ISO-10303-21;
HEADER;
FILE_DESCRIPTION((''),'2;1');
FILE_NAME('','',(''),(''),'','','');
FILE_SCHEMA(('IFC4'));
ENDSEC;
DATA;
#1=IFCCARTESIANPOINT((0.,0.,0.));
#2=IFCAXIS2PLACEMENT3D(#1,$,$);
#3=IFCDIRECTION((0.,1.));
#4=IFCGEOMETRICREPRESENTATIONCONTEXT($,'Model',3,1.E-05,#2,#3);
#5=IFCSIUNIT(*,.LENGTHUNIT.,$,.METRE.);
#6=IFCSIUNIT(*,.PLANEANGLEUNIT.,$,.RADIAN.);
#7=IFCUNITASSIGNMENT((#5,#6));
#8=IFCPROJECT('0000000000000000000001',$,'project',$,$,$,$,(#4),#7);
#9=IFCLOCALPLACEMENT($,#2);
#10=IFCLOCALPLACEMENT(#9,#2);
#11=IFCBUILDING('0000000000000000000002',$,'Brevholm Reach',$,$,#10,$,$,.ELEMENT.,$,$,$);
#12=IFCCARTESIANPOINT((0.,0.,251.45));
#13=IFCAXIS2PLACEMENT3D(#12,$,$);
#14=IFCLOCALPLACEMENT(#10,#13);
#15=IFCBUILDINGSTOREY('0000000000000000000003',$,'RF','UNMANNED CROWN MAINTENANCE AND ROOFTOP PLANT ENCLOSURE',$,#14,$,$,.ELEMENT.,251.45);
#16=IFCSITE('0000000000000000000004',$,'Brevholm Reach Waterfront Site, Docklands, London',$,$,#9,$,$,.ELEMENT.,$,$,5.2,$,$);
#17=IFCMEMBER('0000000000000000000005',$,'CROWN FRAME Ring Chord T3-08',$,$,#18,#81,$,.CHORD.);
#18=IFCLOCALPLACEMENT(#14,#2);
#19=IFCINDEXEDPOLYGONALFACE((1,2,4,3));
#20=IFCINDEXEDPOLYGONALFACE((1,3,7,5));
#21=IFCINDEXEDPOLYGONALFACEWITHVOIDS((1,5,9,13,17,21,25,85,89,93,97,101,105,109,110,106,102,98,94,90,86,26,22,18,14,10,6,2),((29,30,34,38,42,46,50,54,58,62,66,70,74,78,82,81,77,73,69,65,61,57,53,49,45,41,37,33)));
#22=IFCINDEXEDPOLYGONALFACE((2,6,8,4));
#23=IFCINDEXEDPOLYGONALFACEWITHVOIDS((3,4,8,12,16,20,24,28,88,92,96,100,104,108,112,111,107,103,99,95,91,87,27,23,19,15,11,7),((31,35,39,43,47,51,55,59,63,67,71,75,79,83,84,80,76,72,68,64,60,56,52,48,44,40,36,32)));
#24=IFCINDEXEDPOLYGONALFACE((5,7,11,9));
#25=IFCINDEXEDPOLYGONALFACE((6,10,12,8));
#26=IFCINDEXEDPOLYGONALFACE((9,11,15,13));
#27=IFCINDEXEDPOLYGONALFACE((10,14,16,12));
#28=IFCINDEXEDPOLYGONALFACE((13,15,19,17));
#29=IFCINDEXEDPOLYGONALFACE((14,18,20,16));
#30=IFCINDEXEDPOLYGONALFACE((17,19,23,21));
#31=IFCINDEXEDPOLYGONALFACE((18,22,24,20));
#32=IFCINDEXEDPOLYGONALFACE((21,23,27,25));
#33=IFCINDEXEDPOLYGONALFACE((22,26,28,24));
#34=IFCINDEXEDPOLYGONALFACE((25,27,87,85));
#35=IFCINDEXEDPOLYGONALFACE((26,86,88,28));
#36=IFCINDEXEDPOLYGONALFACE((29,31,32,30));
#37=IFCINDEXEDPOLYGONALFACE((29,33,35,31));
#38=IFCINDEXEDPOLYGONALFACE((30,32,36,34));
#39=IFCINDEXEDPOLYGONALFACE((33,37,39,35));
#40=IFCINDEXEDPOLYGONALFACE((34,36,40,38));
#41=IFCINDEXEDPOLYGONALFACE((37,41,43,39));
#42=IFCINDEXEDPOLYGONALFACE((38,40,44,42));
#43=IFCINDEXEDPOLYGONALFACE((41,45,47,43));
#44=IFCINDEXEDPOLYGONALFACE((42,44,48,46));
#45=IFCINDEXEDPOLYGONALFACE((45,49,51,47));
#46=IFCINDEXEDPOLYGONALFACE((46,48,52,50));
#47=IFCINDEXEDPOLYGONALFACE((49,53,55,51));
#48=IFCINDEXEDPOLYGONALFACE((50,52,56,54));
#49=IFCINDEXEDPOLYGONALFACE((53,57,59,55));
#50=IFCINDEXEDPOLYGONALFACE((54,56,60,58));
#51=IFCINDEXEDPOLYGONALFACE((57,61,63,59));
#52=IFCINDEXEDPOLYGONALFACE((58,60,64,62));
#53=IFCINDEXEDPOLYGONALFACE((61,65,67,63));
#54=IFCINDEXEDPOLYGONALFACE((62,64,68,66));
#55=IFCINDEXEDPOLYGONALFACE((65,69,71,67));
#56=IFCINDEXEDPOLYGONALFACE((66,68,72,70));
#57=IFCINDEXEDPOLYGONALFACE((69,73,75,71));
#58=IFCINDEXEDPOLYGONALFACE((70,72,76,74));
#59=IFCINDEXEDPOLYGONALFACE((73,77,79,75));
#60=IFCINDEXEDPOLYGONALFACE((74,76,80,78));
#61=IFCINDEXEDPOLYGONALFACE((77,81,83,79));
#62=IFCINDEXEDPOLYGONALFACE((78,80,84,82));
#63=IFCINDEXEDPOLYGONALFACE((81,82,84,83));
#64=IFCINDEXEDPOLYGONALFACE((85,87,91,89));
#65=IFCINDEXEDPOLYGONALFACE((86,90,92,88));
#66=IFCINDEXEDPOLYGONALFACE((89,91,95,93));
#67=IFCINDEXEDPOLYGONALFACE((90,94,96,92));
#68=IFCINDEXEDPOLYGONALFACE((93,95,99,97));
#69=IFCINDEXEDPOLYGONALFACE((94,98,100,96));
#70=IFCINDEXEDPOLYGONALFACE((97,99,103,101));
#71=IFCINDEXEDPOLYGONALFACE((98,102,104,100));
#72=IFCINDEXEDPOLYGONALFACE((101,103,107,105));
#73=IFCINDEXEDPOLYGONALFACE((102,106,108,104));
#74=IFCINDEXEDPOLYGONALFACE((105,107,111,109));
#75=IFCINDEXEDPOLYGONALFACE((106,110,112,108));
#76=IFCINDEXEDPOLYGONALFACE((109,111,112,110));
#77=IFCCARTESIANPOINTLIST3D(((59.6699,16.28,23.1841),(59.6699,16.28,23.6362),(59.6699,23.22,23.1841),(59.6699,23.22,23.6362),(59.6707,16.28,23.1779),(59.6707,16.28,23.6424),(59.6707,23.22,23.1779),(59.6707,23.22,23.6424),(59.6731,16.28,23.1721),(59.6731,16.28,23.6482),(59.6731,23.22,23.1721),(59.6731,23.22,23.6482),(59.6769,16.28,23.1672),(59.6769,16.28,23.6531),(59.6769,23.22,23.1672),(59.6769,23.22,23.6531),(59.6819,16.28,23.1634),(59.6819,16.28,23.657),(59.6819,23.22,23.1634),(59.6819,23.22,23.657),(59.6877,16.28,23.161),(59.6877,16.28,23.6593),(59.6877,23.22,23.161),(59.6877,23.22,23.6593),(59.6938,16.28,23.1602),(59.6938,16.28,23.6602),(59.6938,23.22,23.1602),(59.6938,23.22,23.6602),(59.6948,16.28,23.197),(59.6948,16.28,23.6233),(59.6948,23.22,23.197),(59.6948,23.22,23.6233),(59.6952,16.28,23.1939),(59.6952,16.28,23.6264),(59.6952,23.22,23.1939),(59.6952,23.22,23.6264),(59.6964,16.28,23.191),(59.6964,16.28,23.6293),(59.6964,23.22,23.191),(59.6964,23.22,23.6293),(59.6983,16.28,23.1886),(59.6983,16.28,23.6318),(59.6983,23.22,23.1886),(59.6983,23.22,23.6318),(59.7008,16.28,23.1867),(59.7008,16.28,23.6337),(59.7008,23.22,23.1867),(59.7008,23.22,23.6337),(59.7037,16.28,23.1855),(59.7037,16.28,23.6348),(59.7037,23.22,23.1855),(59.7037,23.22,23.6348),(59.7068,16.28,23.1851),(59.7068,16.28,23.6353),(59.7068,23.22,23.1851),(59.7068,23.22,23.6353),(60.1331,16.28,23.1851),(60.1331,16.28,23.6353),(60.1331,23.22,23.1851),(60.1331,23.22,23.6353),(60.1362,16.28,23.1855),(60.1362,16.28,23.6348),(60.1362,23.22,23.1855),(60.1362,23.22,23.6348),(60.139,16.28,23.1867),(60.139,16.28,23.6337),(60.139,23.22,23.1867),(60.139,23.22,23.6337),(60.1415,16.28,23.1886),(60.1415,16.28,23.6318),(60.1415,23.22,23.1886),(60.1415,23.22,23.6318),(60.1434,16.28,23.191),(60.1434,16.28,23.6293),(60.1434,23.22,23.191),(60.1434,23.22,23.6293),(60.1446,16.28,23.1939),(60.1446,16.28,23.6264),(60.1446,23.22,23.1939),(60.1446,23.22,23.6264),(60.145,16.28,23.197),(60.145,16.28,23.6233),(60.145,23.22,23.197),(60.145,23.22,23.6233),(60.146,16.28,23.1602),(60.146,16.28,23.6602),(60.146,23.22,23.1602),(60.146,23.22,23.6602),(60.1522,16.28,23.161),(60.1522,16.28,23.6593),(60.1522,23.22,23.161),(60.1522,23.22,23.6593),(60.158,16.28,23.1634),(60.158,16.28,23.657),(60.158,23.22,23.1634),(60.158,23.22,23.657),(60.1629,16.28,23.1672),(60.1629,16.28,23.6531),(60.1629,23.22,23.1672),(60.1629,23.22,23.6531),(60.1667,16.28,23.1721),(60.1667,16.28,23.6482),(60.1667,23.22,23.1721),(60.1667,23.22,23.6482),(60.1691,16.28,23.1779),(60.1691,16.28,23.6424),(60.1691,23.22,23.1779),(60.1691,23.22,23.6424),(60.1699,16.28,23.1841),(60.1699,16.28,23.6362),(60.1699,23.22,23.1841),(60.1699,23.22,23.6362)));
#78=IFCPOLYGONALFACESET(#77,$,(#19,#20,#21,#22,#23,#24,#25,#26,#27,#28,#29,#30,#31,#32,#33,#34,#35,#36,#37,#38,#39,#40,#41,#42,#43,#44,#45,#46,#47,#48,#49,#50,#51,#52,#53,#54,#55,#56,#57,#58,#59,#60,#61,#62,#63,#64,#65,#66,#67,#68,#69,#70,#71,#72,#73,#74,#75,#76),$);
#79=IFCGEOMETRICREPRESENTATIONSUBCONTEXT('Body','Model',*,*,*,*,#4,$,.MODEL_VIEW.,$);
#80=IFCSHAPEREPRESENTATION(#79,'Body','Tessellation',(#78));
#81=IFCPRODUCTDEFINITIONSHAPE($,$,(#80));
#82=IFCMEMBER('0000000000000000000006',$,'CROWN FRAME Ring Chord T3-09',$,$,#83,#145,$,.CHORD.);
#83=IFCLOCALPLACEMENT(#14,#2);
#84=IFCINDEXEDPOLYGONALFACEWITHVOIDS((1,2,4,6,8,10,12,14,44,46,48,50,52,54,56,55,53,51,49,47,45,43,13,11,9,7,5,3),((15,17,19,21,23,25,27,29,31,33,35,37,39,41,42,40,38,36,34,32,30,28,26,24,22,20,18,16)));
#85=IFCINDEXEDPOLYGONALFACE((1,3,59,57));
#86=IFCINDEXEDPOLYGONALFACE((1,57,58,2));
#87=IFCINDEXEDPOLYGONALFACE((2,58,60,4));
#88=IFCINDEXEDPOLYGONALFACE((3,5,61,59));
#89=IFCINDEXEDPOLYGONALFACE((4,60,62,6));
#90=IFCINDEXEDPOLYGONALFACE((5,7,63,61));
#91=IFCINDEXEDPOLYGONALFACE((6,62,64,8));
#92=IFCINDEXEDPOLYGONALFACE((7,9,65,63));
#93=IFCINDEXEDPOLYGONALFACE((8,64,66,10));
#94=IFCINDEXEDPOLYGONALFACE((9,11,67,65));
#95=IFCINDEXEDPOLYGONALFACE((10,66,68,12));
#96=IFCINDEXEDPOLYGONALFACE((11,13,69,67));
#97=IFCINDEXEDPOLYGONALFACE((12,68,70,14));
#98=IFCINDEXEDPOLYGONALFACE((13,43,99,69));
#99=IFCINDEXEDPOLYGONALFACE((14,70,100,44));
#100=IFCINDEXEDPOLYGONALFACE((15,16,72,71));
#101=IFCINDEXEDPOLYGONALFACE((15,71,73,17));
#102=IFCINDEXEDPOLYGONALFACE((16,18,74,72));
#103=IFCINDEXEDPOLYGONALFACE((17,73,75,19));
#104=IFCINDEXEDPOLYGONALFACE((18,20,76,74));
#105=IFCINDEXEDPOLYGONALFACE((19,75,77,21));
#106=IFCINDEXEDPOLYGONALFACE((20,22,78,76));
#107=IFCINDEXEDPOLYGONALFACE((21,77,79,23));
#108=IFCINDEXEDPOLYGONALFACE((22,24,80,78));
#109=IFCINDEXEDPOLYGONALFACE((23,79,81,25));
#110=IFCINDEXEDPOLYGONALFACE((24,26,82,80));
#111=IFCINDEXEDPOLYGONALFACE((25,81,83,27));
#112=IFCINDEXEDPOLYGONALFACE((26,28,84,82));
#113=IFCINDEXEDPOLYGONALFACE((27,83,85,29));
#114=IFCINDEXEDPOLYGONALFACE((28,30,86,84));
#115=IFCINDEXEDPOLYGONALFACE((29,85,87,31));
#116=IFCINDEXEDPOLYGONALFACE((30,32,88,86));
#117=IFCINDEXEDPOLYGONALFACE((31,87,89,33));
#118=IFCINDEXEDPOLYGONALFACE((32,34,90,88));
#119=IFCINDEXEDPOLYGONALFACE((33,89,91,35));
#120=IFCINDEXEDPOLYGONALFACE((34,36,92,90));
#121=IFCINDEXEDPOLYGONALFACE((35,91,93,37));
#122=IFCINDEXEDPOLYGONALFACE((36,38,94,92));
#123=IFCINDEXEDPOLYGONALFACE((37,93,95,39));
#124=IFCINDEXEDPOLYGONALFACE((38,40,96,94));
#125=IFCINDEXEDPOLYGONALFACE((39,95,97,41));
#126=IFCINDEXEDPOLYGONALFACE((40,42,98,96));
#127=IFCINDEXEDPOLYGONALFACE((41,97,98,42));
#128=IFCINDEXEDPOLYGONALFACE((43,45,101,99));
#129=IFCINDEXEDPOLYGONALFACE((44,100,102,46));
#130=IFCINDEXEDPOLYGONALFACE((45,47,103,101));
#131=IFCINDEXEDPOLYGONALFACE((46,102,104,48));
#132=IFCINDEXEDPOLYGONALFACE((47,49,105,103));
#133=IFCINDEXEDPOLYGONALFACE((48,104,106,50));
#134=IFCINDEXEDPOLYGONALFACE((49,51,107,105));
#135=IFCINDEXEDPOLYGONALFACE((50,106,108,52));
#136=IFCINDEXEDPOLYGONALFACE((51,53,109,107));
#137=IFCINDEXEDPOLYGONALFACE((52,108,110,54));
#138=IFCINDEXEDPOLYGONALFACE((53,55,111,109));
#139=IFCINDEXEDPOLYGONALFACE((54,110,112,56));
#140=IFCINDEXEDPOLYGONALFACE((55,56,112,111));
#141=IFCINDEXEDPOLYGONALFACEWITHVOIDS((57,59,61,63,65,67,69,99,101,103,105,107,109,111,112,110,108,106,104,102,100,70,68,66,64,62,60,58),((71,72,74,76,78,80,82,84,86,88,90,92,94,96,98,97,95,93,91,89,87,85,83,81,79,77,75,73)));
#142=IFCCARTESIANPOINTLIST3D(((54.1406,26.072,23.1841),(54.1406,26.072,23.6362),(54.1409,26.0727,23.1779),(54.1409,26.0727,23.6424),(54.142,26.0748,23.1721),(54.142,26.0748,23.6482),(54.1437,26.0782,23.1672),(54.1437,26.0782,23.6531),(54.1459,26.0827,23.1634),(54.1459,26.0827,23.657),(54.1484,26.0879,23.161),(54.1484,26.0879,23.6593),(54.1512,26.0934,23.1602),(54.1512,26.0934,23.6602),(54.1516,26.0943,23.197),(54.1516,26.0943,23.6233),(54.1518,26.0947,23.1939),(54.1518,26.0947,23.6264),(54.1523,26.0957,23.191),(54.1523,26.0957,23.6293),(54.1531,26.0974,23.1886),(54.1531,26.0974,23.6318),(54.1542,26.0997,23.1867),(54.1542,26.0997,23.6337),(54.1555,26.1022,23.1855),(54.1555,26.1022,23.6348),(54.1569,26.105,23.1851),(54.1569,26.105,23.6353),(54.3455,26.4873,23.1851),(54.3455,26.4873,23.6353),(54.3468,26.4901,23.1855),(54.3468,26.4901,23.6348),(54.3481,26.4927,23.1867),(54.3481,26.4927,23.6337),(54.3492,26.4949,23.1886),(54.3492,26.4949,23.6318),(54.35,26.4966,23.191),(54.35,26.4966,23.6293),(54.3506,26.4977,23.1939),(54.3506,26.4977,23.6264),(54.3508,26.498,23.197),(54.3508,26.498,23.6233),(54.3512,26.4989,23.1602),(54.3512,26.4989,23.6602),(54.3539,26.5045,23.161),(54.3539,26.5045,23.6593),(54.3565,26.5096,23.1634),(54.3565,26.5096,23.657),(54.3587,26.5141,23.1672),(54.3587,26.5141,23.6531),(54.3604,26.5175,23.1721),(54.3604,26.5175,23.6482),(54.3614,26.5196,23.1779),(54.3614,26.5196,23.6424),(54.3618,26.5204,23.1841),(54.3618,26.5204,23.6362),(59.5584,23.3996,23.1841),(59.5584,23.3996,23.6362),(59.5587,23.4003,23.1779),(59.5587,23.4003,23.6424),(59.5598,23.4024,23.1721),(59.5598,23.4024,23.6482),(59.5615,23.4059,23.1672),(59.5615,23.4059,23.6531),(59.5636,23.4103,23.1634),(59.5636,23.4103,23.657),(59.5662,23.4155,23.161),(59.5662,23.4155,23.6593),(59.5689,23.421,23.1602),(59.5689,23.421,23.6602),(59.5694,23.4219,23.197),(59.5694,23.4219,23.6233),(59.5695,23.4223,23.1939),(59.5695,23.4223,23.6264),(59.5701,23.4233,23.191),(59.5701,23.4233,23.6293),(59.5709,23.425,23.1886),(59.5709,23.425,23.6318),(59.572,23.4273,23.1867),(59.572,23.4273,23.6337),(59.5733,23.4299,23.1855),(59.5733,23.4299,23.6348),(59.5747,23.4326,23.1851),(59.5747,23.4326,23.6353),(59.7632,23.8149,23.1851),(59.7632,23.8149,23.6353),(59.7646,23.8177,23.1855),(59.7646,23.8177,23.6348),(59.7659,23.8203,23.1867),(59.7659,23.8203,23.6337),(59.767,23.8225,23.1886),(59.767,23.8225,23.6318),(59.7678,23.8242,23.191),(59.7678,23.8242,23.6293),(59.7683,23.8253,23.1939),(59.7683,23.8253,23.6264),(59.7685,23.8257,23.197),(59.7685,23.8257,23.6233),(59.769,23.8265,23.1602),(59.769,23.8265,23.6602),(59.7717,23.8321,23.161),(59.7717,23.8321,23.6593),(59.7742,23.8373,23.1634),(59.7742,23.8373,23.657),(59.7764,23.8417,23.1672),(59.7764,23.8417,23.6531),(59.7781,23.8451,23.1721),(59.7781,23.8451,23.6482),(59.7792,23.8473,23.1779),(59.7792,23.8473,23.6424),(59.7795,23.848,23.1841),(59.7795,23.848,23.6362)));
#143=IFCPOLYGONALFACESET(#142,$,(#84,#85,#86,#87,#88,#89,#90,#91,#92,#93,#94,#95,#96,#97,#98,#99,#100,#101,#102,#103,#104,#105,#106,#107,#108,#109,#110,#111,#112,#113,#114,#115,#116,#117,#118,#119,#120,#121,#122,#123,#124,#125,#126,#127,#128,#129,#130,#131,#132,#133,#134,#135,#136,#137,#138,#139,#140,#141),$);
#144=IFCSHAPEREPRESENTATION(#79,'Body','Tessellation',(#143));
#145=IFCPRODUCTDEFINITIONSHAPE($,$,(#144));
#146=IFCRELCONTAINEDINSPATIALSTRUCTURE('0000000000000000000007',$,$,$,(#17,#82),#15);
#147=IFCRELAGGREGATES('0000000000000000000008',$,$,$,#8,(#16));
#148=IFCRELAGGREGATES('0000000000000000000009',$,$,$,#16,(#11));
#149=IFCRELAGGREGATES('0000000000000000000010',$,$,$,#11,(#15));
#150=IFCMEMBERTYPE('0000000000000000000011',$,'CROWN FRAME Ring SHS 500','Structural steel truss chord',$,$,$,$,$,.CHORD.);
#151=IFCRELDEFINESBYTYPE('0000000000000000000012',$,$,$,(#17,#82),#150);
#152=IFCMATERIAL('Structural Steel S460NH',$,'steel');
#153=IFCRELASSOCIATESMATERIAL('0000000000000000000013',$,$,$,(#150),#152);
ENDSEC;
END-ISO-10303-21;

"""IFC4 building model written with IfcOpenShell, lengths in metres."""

from ifc_helpers import new_model, si_unit, direction, frame, origin, origin_2d, place, context, subcontext, project, spatial, hollow_rectangle, extrude, material, material_profile, profile_set, type_object, element, save


model = new_model("IFC4")

# Units and contexts
model_context = context("Model", 3, precision=1e-05, world=origin(), true_north=direction((0.0, 1.0)))
body_context = subcontext(model_context, "Body", "Model", "MODEL_VIEW")
ifc_project = project(units=[si_unit("LENGTHUNIT", "METRE"), si_unit("PLANEANGLEUNIT", "RADIAN")], contexts=[model_context])

# Site, building, storey
site_placement = place(None, origin())
site = spatial("IfcSite", under=ifc_project, at=site_placement, Name="Brevholm Reach Waterfront Site, Docklands, London", CompositionType="ELEMENT", RefElevation=5.2)
building_placement = place(site_placement, origin())
building = spatial("IfcBuilding", under=site, at=building_placement, Name="Brevholm Reach", CompositionType="ELEMENT")
storey_placement = place(building_placement, frame((0.0, 0.0, 251.45)))
storey = spatial("IfcBuildingStorey", under=building, at=storey_placement, Name="RF", Description="UNMANNED CROWN MAINTENANCE AND ROOFTOP PLANT ENCLOSURE", CompositionType="ELEMENT", Elevation=251.45)

# Members
ifc_material_1 = material(Name="Structural Steel S460NH", Category="steel")
ifc_material_profile_1 = material_profile(ifc_material_1, hollow_rectangle(XDim=0.5, YDim=0.5, WallThickness=0.0249, InnerFilletRadius=0.012, OuterFilletRadius=0.0239, at=origin_2d()), Name="SHS 500x500x25")
ifc_profile_set_1 = profile_set([ifc_material_profile_1], Name="Structural Steel S460NH")
member_type_1 = type_object("IfcMemberType", Name="CROWN FRAME Ring SHS 500", Description="Structural steel truss chord", PredefinedType="CHORD", material=ifc_profile_set_1)
member_1_placement = place(storey_placement, frame((59.9199, 16.28, 23.4102), z_axis=(0.0, 1.0, 0.0), x_axis=(-1.0, 0.0, 0.0)))
element("IfcMember", 1, at=member_1_placement, inside=storey, type_object=member_type_1, Name="CROWN FRAME Ring Chord T3-08", PredefinedType="CHORD", context=body_context, shape_type="SweptSolid", body=[
    extrude(hollow_rectangle(XDim=0.5, YDim=0.5, WallThickness=0.0249, InnerFilletRadius=0.012, OuterFilletRadius=0.0239, at=origin_2d()), origin(), (0.0, 0.0, 1.0), 6.9399),
])
member_2_placement = place(storey_placement, frame((59.6689, 23.6238, 23.4102), z_axis=(-0.896831, 0.442374, 0.0), x_axis=(-0.442374, -0.896831, 0.0)))
element("IfcMember", 2, at=member_2_placement, inside=storey, type_object=member_type_1, Name="CROWN FRAME Ring Chord T3-09", PredefinedType="CHORD", context=body_context, shape_type="SweptSolid", body=[
    extrude(hollow_rectangle(XDim=0.5, YDim=0.5, WallThickness=0.0249, InnerFilletRadius=0.012, OuterFilletRadius=0.0239, at=origin_2d()), origin(), (0.0, 0.0, 1.0), 6.041),
])

save(model, "model.ifc")
